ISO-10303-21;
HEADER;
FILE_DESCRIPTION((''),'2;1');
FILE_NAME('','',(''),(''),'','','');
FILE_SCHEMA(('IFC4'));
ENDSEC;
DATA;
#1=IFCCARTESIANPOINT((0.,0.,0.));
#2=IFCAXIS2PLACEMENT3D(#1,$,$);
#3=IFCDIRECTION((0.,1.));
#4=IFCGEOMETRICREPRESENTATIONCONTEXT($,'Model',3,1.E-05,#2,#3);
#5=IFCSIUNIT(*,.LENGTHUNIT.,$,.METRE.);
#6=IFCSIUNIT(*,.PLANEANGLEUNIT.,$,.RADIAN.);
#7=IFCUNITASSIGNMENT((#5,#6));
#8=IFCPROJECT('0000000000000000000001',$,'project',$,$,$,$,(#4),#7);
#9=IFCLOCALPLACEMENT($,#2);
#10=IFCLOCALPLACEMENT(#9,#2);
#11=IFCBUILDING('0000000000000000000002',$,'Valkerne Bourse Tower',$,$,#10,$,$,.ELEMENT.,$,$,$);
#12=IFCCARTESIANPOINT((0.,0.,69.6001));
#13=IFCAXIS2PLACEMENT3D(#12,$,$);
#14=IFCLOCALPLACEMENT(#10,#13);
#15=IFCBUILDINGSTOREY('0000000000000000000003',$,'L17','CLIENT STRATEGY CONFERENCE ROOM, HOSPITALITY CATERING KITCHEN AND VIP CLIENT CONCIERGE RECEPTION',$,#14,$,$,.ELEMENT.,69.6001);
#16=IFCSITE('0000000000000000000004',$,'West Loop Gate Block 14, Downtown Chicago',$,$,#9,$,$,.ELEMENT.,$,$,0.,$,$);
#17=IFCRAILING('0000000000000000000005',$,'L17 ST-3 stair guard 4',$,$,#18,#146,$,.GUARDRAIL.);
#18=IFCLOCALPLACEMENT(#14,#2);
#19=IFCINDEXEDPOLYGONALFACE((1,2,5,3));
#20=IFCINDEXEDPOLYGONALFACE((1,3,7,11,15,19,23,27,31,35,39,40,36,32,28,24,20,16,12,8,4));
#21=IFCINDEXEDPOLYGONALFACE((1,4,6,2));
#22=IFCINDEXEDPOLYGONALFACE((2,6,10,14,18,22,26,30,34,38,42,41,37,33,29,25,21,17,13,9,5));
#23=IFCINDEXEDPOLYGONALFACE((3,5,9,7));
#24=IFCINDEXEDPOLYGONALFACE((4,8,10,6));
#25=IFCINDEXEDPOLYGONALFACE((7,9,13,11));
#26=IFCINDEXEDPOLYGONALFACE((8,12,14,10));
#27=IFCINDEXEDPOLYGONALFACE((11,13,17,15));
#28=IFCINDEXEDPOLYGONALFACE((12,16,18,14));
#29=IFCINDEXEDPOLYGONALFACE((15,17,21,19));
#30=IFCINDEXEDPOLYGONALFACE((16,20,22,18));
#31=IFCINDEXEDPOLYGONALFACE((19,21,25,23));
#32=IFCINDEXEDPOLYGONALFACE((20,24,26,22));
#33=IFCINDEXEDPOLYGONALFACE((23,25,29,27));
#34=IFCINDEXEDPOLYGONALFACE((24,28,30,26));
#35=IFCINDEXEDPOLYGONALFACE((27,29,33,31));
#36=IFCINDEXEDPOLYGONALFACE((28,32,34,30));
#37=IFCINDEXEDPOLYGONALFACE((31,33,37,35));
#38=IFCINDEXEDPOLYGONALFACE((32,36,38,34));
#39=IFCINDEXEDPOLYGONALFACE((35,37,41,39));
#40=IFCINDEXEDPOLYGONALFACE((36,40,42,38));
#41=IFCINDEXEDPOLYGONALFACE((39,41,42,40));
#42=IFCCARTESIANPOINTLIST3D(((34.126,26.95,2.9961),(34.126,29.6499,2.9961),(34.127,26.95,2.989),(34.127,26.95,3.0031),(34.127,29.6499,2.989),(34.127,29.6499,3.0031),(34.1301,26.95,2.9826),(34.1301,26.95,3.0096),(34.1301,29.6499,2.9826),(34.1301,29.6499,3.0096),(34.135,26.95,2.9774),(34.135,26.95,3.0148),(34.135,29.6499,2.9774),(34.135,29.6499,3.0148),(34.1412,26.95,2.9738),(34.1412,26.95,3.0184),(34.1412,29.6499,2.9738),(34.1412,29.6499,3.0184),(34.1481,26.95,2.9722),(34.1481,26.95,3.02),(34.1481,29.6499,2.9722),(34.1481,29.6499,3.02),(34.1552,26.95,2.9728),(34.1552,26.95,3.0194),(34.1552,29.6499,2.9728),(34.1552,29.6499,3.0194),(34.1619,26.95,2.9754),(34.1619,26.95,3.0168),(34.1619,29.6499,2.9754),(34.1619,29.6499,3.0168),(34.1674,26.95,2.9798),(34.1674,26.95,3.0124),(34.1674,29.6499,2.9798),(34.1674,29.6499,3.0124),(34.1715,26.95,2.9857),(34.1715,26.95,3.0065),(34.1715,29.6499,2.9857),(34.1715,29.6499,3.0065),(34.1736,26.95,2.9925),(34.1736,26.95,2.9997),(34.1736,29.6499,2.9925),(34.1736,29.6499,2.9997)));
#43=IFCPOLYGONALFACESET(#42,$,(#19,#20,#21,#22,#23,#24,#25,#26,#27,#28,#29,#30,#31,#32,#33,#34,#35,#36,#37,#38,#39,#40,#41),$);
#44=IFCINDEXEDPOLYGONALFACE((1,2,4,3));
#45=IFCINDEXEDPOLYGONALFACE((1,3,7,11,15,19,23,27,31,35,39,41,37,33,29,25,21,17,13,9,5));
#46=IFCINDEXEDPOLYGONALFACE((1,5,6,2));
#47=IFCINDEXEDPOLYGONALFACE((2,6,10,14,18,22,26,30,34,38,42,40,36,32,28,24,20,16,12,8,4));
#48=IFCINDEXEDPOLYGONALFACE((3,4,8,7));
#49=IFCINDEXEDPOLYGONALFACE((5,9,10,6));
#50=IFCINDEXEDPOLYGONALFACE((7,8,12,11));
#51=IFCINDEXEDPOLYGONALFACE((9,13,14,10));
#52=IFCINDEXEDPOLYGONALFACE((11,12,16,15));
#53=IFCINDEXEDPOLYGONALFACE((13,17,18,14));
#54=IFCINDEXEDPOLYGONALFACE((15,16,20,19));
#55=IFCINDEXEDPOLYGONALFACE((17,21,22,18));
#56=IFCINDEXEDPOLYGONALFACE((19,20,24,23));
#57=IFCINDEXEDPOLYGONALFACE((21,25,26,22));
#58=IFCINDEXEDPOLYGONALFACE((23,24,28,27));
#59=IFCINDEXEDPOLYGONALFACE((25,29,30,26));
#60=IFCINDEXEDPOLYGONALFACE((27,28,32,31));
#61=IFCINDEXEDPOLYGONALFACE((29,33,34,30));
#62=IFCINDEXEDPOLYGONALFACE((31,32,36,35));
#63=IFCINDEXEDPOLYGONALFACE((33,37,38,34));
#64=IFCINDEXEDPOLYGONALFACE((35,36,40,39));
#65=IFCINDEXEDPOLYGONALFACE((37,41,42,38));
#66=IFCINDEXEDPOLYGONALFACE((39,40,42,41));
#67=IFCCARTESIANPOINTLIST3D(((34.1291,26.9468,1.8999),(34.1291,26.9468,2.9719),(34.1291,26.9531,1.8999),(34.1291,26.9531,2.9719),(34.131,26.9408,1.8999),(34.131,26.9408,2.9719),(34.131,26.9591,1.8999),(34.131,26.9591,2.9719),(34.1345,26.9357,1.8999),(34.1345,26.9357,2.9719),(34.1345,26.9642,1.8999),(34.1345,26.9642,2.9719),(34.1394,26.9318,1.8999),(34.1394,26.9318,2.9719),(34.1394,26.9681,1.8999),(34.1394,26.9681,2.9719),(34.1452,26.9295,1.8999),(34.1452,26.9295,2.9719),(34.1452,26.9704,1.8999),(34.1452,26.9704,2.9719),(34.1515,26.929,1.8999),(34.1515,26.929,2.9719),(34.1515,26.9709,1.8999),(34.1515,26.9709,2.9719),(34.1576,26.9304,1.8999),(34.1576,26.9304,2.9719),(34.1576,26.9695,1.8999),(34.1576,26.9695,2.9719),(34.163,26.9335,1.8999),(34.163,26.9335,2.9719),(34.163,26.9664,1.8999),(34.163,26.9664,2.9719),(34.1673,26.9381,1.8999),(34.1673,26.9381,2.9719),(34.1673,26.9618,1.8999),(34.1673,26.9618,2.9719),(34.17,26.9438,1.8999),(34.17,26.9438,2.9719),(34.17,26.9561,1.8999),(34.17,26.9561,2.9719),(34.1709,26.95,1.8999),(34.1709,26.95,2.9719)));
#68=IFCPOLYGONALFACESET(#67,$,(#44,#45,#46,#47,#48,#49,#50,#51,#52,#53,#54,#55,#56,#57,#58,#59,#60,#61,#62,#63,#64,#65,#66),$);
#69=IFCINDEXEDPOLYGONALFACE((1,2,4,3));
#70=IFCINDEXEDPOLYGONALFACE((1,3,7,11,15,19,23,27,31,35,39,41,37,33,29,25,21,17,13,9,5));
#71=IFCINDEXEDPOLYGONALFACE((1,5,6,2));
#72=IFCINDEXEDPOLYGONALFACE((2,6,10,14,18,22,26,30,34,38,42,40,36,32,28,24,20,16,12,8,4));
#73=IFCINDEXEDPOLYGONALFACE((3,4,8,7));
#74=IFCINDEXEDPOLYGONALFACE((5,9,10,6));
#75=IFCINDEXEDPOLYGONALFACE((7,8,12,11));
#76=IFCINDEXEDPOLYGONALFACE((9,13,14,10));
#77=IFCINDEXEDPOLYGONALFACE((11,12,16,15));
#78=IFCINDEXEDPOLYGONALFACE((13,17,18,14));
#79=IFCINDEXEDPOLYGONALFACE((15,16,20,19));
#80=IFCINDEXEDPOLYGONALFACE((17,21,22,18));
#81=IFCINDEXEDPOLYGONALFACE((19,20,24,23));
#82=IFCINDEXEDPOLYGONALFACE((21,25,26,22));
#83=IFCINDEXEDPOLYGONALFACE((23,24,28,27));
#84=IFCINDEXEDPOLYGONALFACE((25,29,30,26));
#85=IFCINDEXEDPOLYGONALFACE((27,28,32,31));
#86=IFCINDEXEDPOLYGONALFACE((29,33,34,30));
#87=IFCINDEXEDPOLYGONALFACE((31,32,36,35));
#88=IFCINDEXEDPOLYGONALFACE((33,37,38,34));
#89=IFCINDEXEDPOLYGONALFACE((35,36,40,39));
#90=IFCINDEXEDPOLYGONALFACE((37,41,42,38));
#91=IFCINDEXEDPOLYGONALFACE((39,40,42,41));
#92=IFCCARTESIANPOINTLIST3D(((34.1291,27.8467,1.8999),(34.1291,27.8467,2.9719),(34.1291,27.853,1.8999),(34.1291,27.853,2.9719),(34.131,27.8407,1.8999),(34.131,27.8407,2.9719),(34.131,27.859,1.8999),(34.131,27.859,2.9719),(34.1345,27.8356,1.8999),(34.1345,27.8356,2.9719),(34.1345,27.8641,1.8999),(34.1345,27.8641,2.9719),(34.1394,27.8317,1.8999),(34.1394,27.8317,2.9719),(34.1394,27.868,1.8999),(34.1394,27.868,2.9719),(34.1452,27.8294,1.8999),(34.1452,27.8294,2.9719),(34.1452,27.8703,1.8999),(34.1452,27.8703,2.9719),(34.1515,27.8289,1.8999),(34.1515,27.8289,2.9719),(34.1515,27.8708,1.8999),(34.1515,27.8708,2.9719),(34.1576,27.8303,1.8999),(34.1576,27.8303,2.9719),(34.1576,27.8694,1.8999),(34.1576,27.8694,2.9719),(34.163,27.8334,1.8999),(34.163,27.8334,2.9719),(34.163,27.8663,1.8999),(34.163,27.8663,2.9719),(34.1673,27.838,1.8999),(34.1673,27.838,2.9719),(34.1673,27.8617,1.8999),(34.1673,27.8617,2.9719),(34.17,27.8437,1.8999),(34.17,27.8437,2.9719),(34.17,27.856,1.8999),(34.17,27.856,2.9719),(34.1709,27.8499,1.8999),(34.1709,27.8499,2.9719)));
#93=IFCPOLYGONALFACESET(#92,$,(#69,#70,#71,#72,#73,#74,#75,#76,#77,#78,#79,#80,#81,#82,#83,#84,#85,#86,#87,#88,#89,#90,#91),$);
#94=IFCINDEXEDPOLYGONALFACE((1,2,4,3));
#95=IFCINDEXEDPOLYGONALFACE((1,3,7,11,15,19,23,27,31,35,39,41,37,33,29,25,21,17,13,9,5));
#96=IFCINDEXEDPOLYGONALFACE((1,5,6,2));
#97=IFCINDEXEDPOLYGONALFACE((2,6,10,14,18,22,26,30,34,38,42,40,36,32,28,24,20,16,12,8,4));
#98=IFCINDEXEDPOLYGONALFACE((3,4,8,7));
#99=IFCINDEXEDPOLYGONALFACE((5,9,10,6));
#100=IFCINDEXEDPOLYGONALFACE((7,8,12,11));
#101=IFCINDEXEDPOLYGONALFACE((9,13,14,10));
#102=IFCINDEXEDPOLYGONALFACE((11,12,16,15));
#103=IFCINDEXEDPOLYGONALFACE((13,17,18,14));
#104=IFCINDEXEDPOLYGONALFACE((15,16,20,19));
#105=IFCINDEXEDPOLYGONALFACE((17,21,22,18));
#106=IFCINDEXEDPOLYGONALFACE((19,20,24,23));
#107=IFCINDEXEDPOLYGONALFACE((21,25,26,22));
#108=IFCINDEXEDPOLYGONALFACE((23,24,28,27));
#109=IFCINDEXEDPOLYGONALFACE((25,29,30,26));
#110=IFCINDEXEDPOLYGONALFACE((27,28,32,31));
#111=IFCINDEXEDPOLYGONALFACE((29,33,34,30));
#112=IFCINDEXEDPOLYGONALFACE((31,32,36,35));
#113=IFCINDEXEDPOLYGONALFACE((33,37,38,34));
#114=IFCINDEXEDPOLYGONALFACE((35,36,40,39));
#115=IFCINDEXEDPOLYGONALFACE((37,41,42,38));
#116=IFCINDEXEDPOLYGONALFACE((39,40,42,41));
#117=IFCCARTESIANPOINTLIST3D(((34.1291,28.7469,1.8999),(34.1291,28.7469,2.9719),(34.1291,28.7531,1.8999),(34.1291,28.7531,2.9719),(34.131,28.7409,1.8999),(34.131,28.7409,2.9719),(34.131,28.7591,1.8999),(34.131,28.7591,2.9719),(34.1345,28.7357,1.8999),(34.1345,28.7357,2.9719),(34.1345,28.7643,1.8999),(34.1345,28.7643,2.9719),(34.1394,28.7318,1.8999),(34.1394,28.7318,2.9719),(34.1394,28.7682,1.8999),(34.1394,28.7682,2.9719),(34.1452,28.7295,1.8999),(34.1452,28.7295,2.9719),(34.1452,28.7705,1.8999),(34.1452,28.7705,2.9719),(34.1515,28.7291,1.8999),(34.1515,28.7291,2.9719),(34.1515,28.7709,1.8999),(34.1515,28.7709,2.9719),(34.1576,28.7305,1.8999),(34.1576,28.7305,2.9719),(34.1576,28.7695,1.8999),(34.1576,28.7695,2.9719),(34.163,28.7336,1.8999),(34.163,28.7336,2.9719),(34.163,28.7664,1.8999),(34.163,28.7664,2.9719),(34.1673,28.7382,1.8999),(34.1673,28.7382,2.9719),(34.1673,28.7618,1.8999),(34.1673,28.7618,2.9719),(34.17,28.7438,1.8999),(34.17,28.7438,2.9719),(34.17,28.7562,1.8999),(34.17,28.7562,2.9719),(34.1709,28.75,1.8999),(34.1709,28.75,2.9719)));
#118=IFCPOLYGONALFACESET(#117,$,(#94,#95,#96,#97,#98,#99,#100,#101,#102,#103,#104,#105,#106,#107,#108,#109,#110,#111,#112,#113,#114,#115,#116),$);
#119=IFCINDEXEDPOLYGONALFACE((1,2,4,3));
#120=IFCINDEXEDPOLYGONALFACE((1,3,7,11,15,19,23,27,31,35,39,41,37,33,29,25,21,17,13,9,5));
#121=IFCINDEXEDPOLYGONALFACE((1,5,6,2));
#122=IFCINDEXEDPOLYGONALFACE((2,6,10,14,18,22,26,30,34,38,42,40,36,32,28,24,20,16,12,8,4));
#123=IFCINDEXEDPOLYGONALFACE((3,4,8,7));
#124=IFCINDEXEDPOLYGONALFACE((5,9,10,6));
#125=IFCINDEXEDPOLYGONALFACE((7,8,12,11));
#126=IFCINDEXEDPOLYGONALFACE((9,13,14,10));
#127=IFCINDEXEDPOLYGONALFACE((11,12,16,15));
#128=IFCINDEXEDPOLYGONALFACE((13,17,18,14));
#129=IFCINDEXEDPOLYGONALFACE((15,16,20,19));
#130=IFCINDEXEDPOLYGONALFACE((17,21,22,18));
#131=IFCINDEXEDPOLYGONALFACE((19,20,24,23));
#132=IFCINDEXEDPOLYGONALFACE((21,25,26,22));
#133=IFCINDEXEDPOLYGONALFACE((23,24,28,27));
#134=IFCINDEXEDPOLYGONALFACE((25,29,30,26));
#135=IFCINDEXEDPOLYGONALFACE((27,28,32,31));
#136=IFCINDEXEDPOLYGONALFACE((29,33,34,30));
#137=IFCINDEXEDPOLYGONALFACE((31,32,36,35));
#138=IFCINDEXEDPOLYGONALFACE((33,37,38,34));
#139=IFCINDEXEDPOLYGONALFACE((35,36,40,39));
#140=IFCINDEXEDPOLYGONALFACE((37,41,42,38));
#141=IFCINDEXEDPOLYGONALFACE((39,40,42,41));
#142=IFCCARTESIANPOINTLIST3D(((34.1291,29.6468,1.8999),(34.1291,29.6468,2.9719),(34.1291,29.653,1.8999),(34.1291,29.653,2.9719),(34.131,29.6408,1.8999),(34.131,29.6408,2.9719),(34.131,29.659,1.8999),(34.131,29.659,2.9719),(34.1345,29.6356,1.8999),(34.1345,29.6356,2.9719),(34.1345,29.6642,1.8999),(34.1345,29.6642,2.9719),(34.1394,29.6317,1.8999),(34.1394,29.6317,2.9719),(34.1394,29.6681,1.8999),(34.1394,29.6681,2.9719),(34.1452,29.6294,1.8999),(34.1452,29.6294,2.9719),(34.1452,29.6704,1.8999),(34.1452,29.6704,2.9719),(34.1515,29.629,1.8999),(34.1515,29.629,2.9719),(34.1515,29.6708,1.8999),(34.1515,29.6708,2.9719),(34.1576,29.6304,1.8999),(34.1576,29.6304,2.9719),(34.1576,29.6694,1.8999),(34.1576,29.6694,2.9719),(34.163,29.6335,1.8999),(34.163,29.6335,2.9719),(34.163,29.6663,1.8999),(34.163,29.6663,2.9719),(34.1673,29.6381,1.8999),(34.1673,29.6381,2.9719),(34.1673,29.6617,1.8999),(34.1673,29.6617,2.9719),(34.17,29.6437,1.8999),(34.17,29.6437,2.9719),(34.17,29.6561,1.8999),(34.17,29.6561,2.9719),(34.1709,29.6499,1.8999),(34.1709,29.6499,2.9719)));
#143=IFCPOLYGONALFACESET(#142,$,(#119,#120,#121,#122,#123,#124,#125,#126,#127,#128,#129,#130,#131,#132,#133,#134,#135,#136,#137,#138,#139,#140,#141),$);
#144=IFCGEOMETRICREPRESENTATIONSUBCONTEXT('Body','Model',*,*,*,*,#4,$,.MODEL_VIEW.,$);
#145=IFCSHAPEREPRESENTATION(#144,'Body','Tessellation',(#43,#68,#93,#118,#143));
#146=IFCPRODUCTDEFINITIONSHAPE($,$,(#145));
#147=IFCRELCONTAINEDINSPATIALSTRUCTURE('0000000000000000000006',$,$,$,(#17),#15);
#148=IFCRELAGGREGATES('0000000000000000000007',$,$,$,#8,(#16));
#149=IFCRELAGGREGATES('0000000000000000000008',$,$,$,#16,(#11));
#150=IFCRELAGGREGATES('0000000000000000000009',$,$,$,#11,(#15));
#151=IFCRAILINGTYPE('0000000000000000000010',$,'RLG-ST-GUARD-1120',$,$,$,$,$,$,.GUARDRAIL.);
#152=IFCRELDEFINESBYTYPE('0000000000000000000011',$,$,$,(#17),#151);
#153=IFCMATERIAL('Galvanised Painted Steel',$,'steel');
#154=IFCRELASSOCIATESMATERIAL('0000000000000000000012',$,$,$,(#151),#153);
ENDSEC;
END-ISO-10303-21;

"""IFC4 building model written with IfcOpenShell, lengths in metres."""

from ifc_helpers import new_model, si_unit, direction, frame, origin, origin_2d, place, context, subcontext, project, spatial, circle, extrude, material, type_object, element, save


model = new_model("IFC4")

# Units and contexts
model_context = context("Model", 3, precision=1e-05, world=origin(), true_north=direction((0.0, 1.0)))
body_context = subcontext(model_context, "Body", "Model", "MODEL_VIEW")
ifc_project = project(units=[si_unit("LENGTHUNIT", "METRE"), si_unit("PLANEANGLEUNIT", "RADIAN")], contexts=[model_context])

# Site, building, storey
site_placement = place(None, origin())
site = spatial("IfcSite", under=ifc_project, at=site_placement, Name="West Loop Gate Block 14, Downtown Chicago", CompositionType="ELEMENT", RefElevation=0.0)
building_placement = place(site_placement, origin())
building = spatial("IfcBuilding", under=site, at=building_placement, Name="Valkerne Bourse Tower", CompositionType="ELEMENT")
storey_placement = place(building_placement, frame((0.0, 0.0, 69.6001)))
storey = spatial("IfcBuildingStorey", under=building, at=storey_placement, Name="L17", Description="CLIENT STRATEGY CONFERENCE ROOM, HOSPITALITY CATERING KITCHEN AND VIP CLIENT CONCIERGE RECEPTION", CompositionType="ELEMENT", Elevation=69.6001)

# Railing
ifc_material_1 = material(Name="Galvanised Painted Steel", Category="steel")
railing_type_1 = type_object("IfcRailingType", Name="RLG-ST-GUARD-1120", PredefinedType="GUARDRAIL", material=ifc_material_1)
railing_1_placement = place(storey_placement, frame((34.1499, 26.95, 1.8999)))
element("IfcRailing", 1, at=railing_1_placement, inside=storey, type_object=railing_type_1, Name="L17 ST-3 stair guard 4", PredefinedType="GUARDRAIL", context=body_context, shape_type="SweptSolid", body=[
    extrude(circle(Radius=0.0239, at=origin_2d()), frame((0.0, 0.0, 1.0962), z_axis=(0.0, 1.0, 0.0), x_axis=(-1.0, 0.0, 0.0)), (0.0, 0.0, 1.0), 2.7),
    extrude(circle(Radius=0.021, at=origin_2d()), origin(), (0.0, 0.0, 1.0), 1.072),
    extrude(circle(Radius=0.021, at=origin_2d()), frame((0.0, 0.8999, 0.0)), (0.0, 0.0, 1.0), 1.072),
    extrude(circle(Radius=0.021, at=origin_2d()), frame((0.0, 1.8, 0.0)), (0.0, 0.0, 1.0), 1.072),
    extrude(circle(Radius=0.021, at=origin_2d()), frame((0.0, 2.7, 0.0)), (0.0, 0.0, 1.0), 1.072),
])

save(model, "model.ifc")
